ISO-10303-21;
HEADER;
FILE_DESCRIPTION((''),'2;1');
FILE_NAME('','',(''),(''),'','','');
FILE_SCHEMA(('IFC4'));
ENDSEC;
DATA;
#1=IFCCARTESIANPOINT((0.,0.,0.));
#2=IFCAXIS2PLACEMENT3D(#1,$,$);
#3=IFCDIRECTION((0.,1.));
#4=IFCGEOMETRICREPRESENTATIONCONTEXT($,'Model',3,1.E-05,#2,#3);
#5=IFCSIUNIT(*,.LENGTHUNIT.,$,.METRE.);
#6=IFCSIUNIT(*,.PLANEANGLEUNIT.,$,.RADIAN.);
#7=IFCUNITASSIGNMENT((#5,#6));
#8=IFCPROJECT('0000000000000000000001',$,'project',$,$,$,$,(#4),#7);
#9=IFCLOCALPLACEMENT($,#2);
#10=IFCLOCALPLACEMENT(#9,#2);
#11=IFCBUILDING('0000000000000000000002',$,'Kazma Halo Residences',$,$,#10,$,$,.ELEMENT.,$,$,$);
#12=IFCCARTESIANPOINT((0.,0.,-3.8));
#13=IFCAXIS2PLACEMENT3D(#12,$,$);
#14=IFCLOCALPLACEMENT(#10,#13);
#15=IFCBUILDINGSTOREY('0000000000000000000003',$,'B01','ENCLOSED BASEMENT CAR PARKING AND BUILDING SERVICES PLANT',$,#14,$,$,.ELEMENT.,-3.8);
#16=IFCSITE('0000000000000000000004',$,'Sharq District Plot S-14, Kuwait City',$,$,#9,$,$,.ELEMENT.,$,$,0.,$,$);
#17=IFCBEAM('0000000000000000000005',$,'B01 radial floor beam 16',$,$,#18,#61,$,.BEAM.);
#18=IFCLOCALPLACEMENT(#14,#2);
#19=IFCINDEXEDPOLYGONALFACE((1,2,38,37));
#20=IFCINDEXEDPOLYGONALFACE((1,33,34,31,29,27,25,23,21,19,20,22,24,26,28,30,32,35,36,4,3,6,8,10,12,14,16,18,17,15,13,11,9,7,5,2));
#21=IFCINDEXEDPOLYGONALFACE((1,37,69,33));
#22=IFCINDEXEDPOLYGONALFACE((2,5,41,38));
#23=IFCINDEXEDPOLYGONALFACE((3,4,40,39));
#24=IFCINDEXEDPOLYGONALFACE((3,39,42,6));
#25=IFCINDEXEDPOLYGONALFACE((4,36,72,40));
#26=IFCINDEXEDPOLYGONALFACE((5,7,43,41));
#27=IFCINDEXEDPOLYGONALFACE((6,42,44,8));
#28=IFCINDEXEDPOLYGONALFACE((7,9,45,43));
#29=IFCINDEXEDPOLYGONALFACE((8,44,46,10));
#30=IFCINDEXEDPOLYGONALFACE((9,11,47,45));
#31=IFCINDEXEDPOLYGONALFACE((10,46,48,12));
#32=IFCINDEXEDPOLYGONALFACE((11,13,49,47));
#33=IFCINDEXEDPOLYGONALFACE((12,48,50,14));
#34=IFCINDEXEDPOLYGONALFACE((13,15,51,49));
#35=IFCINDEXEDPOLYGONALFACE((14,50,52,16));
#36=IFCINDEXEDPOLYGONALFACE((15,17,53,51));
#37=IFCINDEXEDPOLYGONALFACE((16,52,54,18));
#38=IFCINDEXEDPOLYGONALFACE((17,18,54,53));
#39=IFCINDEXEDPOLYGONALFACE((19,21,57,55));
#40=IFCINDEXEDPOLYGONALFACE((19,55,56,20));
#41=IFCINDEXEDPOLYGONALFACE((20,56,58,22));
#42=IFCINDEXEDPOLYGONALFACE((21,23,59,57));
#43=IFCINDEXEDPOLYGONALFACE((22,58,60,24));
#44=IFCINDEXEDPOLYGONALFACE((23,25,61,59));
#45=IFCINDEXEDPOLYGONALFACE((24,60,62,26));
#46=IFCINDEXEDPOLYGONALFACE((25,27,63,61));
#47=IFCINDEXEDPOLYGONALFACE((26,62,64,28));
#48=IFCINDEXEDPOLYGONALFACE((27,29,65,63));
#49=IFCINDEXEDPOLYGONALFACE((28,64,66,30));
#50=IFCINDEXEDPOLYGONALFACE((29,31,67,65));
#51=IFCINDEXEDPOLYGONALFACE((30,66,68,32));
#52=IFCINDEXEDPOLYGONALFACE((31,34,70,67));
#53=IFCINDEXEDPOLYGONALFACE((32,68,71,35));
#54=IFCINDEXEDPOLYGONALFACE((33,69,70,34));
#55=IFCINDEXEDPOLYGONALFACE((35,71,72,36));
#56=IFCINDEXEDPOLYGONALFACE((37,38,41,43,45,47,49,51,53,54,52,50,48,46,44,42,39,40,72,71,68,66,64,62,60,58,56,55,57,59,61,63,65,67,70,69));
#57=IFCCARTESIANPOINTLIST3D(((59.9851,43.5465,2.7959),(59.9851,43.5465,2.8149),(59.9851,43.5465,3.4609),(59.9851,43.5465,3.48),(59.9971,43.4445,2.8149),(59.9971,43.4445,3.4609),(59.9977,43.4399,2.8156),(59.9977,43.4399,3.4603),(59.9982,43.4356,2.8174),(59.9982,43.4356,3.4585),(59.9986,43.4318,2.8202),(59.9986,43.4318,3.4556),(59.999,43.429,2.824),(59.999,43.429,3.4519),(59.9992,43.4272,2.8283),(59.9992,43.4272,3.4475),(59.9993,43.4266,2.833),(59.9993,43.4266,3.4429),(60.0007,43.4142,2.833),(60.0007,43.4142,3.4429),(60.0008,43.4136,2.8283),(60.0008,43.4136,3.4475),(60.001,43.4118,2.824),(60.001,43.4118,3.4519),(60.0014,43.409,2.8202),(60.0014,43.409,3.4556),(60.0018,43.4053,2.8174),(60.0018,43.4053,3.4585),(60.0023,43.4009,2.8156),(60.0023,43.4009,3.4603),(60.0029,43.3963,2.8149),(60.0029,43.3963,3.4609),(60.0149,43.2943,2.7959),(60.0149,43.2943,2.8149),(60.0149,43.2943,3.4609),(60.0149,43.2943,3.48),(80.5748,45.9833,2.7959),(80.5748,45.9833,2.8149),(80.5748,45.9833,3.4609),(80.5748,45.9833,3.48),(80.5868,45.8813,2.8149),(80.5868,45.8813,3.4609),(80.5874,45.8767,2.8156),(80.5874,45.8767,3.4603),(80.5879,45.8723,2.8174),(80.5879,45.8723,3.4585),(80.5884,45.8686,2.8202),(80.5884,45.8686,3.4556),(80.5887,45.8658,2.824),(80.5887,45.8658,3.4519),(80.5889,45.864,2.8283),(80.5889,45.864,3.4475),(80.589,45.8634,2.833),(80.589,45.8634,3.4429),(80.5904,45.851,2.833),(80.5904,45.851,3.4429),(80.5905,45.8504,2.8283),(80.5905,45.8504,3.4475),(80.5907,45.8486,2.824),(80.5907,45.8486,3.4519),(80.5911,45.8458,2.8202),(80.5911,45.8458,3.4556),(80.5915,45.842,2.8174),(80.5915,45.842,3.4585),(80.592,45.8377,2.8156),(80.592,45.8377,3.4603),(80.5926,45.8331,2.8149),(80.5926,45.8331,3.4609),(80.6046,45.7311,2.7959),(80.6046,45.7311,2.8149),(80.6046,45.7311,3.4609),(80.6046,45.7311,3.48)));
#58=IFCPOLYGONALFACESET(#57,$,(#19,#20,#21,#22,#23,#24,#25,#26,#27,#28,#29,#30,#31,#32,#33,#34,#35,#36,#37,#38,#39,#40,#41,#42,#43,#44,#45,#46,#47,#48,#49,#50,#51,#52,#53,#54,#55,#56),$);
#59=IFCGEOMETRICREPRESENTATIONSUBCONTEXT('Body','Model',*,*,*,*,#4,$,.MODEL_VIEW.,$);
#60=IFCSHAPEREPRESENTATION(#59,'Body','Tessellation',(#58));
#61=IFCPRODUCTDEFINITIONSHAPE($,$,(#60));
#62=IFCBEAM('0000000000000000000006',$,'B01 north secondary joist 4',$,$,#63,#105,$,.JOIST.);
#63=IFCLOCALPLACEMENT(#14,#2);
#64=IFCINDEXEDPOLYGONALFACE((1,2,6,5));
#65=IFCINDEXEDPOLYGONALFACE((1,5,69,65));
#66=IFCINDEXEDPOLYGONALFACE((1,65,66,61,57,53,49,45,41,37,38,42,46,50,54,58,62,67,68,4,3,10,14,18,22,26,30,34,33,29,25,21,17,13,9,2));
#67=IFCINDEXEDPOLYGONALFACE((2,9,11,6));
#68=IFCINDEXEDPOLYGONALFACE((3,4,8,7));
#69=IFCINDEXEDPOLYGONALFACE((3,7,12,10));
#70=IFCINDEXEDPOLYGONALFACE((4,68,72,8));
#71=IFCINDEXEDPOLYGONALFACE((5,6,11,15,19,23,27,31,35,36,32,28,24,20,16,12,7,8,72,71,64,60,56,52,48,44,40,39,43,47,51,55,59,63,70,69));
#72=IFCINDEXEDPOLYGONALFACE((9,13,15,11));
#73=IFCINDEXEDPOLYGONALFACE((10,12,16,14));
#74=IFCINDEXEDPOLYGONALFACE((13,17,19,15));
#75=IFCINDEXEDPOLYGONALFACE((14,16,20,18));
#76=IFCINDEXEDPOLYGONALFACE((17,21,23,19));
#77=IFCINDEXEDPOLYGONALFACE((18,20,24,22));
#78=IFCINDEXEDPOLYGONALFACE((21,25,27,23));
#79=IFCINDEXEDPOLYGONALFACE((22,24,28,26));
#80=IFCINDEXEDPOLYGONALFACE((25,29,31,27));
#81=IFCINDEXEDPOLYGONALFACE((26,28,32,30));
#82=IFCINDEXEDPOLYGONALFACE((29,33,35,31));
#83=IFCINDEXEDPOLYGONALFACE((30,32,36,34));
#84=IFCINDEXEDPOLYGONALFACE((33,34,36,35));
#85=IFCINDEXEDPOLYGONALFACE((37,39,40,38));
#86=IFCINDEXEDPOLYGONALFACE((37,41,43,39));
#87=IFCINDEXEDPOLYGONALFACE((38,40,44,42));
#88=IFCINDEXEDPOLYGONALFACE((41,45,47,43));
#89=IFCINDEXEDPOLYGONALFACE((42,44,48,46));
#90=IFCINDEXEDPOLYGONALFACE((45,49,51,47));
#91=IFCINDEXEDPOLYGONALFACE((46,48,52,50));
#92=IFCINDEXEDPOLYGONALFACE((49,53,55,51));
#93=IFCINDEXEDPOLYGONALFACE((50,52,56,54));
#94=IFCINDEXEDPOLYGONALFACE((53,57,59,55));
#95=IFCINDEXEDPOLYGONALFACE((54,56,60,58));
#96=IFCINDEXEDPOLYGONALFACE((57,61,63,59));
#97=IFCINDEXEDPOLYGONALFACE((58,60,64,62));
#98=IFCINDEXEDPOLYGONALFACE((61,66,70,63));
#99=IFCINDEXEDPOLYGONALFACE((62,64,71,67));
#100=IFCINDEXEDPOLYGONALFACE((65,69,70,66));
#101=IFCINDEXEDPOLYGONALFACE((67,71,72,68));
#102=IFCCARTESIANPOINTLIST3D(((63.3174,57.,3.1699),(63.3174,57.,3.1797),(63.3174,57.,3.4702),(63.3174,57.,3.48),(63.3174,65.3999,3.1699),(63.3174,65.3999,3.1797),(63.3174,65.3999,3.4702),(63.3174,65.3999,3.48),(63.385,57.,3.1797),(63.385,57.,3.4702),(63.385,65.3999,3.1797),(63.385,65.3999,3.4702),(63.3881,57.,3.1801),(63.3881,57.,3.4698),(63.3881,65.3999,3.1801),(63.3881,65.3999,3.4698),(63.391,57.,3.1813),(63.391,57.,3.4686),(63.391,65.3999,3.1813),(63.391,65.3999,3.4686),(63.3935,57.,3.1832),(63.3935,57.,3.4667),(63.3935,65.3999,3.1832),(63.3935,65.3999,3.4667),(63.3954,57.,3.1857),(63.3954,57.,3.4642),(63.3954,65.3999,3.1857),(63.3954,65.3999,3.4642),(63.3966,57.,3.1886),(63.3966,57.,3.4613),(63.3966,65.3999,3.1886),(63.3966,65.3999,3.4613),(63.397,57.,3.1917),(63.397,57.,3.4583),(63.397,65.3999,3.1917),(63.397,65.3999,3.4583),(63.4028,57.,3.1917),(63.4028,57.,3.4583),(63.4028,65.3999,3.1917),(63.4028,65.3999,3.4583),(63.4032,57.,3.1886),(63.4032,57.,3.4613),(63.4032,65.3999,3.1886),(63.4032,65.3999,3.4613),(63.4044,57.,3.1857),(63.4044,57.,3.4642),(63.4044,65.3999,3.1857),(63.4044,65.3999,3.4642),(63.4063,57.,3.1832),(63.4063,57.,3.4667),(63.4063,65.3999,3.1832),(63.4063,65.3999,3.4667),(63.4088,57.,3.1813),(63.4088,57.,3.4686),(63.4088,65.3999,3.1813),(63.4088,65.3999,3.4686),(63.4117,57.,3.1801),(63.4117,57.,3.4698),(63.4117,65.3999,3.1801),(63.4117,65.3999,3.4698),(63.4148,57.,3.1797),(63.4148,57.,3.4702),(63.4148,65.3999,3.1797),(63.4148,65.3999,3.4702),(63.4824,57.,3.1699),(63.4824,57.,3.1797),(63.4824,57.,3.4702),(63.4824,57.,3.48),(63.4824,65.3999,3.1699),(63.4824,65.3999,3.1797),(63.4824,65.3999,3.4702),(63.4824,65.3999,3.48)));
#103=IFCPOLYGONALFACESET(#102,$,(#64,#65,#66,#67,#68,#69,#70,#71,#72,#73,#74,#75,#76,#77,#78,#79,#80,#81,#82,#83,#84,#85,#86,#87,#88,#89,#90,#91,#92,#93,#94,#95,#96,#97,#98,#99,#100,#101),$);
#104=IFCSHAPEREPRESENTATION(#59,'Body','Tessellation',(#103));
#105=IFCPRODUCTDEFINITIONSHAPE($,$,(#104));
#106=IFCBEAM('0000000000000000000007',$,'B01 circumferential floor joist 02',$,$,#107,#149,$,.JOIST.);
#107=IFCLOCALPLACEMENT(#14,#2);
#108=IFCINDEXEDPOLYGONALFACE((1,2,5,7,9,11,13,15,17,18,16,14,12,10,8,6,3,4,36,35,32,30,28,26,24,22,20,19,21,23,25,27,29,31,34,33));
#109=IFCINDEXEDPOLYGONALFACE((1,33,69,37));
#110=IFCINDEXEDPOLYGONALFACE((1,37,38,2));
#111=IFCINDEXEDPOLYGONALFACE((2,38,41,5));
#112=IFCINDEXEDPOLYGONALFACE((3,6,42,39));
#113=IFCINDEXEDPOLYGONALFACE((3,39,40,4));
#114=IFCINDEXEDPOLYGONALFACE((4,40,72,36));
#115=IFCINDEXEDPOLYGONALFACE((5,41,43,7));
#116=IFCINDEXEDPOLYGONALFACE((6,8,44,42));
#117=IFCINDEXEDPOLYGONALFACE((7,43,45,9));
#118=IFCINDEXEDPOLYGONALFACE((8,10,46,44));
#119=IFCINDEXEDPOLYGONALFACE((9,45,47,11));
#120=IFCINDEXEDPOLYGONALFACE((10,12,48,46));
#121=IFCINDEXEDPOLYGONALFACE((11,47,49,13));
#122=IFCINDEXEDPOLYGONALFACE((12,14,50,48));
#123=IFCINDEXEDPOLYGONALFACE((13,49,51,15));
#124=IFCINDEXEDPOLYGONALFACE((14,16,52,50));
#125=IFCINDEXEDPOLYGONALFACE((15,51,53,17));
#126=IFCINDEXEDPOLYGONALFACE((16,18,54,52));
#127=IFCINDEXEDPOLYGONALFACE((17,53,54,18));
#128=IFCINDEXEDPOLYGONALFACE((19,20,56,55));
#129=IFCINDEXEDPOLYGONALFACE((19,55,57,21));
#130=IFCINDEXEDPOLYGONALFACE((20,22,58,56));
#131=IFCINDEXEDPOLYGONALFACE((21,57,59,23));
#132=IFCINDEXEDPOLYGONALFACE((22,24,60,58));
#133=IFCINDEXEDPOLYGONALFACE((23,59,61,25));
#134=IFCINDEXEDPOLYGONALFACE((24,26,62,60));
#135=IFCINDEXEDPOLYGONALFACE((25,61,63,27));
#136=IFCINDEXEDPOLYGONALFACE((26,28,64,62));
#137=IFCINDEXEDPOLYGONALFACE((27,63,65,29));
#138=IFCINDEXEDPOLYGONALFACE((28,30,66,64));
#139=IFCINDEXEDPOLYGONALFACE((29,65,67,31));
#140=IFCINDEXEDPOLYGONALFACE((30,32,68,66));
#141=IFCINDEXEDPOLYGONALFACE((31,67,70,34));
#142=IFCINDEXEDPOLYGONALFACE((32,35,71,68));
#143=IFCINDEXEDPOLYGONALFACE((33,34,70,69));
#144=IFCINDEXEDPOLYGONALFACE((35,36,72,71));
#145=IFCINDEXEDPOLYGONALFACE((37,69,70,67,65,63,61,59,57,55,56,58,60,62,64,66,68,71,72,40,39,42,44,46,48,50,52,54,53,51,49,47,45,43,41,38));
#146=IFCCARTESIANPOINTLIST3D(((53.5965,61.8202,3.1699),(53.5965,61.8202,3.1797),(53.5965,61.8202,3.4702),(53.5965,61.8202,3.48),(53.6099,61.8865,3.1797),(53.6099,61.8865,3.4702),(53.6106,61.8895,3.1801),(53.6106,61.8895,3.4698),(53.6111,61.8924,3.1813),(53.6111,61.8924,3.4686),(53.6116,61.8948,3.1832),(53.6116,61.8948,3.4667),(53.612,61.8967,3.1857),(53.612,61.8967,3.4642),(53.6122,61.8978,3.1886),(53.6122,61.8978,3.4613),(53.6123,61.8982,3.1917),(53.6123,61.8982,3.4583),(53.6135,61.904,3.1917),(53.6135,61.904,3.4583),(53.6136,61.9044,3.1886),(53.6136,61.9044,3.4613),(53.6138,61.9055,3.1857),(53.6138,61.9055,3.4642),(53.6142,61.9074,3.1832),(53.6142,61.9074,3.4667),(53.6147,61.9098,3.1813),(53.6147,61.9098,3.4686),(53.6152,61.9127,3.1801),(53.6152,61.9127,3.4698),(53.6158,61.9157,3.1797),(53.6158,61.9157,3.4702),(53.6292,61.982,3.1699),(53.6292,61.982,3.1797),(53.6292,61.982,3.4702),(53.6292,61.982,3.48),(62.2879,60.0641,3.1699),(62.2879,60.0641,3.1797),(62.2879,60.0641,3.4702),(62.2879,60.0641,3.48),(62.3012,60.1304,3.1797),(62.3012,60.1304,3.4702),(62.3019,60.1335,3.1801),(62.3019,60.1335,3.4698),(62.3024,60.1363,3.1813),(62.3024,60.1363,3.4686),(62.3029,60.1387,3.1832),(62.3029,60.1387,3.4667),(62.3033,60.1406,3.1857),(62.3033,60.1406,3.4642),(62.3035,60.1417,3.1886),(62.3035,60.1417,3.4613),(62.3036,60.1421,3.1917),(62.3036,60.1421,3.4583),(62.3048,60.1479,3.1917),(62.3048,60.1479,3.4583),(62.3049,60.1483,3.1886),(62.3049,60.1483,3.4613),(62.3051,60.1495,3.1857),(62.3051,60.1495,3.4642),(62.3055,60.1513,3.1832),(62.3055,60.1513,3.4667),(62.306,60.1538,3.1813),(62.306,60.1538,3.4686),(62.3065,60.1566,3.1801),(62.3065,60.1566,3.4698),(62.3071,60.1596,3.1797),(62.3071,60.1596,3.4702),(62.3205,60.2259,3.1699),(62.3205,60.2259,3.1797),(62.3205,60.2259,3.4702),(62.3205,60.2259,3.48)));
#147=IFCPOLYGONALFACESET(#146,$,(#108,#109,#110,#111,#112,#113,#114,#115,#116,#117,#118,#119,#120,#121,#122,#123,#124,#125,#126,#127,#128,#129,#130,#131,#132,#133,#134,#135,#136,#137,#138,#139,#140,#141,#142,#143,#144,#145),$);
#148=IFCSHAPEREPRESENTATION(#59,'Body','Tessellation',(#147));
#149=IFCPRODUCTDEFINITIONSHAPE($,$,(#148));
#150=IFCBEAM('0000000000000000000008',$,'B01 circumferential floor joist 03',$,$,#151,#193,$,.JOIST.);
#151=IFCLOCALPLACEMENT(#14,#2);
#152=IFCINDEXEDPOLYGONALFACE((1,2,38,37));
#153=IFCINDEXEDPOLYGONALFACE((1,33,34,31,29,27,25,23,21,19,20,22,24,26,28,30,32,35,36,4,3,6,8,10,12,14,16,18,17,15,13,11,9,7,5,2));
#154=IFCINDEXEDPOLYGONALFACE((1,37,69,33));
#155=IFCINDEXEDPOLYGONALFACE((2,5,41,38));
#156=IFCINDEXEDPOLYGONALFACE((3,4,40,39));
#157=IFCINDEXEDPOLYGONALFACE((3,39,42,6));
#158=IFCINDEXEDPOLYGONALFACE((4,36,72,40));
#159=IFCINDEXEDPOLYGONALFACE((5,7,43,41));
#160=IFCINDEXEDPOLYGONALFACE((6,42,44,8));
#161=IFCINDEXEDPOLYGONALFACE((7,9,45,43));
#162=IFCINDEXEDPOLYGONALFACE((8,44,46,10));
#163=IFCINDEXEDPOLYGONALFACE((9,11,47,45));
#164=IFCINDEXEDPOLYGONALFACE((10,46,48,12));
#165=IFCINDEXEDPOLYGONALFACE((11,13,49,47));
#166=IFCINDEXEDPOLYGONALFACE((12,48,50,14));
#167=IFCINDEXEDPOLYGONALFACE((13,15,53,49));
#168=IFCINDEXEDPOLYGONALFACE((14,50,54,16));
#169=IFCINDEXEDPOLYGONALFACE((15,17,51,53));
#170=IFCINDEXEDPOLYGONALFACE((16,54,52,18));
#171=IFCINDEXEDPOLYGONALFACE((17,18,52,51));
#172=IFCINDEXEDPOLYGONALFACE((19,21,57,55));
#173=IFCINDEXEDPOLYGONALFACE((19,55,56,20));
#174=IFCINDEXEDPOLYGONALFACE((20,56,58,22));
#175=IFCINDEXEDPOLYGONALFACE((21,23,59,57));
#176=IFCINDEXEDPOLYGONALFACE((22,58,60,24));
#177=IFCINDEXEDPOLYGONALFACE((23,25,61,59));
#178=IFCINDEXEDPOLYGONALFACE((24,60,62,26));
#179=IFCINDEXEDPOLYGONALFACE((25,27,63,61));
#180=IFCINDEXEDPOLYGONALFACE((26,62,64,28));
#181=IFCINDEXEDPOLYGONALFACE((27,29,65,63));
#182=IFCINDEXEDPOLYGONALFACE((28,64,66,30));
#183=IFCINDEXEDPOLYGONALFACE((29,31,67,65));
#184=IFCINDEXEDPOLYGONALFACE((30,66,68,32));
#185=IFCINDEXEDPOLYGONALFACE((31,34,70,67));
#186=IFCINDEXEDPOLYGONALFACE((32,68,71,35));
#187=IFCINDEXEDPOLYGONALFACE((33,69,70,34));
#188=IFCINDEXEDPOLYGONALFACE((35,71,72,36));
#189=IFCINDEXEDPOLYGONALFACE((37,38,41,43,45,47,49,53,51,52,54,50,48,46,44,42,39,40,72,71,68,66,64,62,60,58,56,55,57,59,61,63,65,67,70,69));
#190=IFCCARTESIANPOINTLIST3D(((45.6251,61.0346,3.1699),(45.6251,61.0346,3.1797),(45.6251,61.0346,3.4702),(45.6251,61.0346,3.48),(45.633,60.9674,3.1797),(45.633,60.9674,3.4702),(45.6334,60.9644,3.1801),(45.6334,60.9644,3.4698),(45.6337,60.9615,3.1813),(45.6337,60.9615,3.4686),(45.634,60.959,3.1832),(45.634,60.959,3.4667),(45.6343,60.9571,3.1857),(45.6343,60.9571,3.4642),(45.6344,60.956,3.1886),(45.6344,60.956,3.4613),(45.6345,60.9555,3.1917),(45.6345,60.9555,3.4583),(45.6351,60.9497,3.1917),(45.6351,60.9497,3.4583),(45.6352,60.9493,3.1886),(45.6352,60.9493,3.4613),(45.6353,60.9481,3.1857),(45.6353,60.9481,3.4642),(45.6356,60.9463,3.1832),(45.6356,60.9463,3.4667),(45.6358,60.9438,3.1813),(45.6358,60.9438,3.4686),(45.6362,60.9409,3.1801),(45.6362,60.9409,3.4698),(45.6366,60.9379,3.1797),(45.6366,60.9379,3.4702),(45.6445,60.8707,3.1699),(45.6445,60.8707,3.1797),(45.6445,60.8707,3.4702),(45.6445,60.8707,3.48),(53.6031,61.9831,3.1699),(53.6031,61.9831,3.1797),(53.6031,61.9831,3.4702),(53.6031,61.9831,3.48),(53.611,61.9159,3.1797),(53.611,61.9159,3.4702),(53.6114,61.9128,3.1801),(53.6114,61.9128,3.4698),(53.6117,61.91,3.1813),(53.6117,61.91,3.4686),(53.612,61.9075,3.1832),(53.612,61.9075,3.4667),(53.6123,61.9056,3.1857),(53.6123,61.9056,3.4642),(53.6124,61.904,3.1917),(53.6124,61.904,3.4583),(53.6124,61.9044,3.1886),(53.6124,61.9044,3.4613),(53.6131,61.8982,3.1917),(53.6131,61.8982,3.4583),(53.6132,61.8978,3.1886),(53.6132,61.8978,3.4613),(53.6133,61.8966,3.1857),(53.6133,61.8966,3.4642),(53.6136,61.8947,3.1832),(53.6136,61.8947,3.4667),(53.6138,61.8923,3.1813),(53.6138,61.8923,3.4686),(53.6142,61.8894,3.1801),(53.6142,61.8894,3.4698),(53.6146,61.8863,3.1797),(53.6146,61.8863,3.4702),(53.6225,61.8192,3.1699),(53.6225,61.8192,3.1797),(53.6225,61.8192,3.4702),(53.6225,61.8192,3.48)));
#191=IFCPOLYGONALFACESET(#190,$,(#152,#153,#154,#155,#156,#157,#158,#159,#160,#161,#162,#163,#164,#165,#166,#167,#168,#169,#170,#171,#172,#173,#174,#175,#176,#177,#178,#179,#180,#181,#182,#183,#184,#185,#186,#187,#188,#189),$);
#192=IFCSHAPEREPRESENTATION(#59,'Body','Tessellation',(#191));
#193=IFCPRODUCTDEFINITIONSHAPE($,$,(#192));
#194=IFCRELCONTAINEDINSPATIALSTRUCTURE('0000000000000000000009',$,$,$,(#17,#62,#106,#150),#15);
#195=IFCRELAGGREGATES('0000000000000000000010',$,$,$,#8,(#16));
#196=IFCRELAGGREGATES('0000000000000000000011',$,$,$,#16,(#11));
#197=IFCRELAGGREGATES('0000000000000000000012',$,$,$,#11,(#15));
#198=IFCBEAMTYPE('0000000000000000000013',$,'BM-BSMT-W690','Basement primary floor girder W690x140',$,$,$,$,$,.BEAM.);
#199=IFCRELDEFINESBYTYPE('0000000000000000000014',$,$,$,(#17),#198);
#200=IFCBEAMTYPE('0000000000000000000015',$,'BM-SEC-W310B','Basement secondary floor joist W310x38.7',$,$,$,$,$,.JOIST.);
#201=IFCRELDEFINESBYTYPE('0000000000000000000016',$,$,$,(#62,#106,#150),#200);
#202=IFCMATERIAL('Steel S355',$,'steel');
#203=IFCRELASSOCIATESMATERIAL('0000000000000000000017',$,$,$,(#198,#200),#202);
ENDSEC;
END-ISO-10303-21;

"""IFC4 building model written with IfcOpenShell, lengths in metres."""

from ifc_helpers import new_model, si_unit, direction, frame, origin, origin_2d, place, context, subcontext, project, spatial, i_section, extrude, material, material_profile, profile_set, type_object, element, save


model = new_model("IFC4")

# Units and contexts
model_context = context("Model", 3, precision=1e-05, world=origin(), true_north=direction((0.0, 1.0)))
body_context = subcontext(model_context, "Body", "Model", "MODEL_VIEW")
ifc_project = project(units=[si_unit("LENGTHUNIT", "METRE"), si_unit("PLANEANGLEUNIT", "RADIAN")], contexts=[model_context])

# Site, building, storey
site_placement = place(None, origin())
site = spatial("IfcSite", under=ifc_project, at=site_placement, Name="Sharq District Plot S-14, Kuwait City", CompositionType="ELEMENT", RefElevation=0.0)
building_placement = place(site_placement, origin())
building = spatial("IfcBuilding", under=site, at=building_placement, Name="Kazma Halo Residences", CompositionType="ELEMENT")
storey_placement = place(building_placement, frame((0.0, 0.0, -3.8)))
storey = spatial("IfcBuildingStorey", under=building, at=storey_placement, Name="B01", Description="ENCLOSED BASEMENT CAR PARKING AND BUILDING SERVICES PLANT", CompositionType="ELEMENT", Elevation=-3.8)

# Shared definitions
ifc_material_1 = material(Name="Steel S355", Category="steel")

# Beams
ifc_material_profile_1 = material_profile(ifc_material_1, i_section(OverallWidth=0.2539, OverallDepth=0.6841, WebThickness=0.0125, FlangeThickness=0.019, FilletRadius=0.0181, at=origin_2d()), Name="W690x140")
ifc_profile_set_1 = profile_set([ifc_material_profile_1], Name="Steel S355")
beam_type_1 = type_object("IfcBeamType", Name="BM-BSMT-W690", Description="Basement primary floor girder W690x140", PredefinedType="BEAM", material=ifc_profile_set_1)
beam_1_placement = place(storey_placement, frame((60.0, 43.4204, 3.1379), z_axis=(0.993069, 0.117529, 0.0), x_axis=(-0.117529, 0.993069, 0.0)))
element("IfcBeam", 1, at=beam_1_placement, inside=storey, type_object=beam_type_1, Name="B01 radial floor beam 16", PredefinedType="BEAM", context=body_context, shape_type="SweptSolid", body=[
    extrude(i_section(OverallWidth=0.2539, OverallDepth=0.6841, WebThickness=0.0125, FlangeThickness=0.019, FilletRadius=0.0181, at=origin_2d()), origin(), (0.0, 0.0, 1.0), 20.7334),
])
ifc_material_profile_2 = material_profile(ifc_material_1, i_section(OverallWidth=0.165, OverallDepth=0.3101, WebThickness=0.0059, FlangeThickness=0.0098, FilletRadius=0.012, at=origin_2d()), Name="W310x38.7")
ifc_profile_set_2 = profile_set([ifc_material_profile_2], Name="Steel S355")
beam_type_2 = type_object("IfcBeamType", Name="BM-SEC-W310B", Description="Basement secondary floor joist W310x38.7", PredefinedType="JOIST", material=ifc_profile_set_2)
beam_2_placement = place(storey_placement, frame((63.3999, 57.0, 3.325), z_axis=(0.0, 1.0, 0.0), x_axis=(-1.0, 0.0, 0.0)))
element("IfcBeam", 2, at=beam_2_placement, inside=storey, type_object=beam_type_2, Name="B01 north secondary joist 4", PredefinedType="JOIST", context=body_context, shape_type="SweptSolid", body=[
    extrude(i_section(OverallWidth=0.165, OverallDepth=0.3101, WebThickness=0.0059, FlangeThickness=0.0098, FilletRadius=0.012, at=origin_2d()), origin(), (0.0, 0.0, 1.0), 8.3999),
])
beam_3_placement = place(storey_placement, frame((62.3042, 60.145, 3.325), z_axis=(-0.980192, 0.198048, 0.0), x_axis=(-0.198048, -0.980192, 0.0)))
element("IfcBeam", 3, at=beam_3_placement, inside=storey, type_object=beam_type_2, Name="B01 circumferential floor joist 02", PredefinedType="JOIST", context=body_context, shape_type="SweptSolid", body=[
    extrude(i_section(OverallWidth=0.165, OverallDepth=0.3101, WebThickness=0.0059, FlangeThickness=0.0098, FilletRadius=0.012, at=origin_2d()), origin(), (0.0, 0.0, 1.0), 8.8669),
])
beam_4_placement = place(storey_placement, frame((53.6128, 61.9011, 3.325), z_axis=(-0.993007, -0.118056, 0.0), x_axis=(0.118056, -0.993007, 0.0)))
element("IfcBeam", 4, at=beam_4_placement, inside=storey, type_object=beam_type_2, Name="B01 circumferential floor joist 03", PredefinedType="JOIST", context=body_context, shape_type="SweptSolid", body=[
    extrude(i_section(OverallWidth=0.165, OverallDepth=0.3101, WebThickness=0.0059, FlangeThickness=0.0098, FilletRadius=0.012, at=origin_2d()), origin(), (0.0, 0.0, 1.0), 8.0342),
])

save(model, "model.ifc")
